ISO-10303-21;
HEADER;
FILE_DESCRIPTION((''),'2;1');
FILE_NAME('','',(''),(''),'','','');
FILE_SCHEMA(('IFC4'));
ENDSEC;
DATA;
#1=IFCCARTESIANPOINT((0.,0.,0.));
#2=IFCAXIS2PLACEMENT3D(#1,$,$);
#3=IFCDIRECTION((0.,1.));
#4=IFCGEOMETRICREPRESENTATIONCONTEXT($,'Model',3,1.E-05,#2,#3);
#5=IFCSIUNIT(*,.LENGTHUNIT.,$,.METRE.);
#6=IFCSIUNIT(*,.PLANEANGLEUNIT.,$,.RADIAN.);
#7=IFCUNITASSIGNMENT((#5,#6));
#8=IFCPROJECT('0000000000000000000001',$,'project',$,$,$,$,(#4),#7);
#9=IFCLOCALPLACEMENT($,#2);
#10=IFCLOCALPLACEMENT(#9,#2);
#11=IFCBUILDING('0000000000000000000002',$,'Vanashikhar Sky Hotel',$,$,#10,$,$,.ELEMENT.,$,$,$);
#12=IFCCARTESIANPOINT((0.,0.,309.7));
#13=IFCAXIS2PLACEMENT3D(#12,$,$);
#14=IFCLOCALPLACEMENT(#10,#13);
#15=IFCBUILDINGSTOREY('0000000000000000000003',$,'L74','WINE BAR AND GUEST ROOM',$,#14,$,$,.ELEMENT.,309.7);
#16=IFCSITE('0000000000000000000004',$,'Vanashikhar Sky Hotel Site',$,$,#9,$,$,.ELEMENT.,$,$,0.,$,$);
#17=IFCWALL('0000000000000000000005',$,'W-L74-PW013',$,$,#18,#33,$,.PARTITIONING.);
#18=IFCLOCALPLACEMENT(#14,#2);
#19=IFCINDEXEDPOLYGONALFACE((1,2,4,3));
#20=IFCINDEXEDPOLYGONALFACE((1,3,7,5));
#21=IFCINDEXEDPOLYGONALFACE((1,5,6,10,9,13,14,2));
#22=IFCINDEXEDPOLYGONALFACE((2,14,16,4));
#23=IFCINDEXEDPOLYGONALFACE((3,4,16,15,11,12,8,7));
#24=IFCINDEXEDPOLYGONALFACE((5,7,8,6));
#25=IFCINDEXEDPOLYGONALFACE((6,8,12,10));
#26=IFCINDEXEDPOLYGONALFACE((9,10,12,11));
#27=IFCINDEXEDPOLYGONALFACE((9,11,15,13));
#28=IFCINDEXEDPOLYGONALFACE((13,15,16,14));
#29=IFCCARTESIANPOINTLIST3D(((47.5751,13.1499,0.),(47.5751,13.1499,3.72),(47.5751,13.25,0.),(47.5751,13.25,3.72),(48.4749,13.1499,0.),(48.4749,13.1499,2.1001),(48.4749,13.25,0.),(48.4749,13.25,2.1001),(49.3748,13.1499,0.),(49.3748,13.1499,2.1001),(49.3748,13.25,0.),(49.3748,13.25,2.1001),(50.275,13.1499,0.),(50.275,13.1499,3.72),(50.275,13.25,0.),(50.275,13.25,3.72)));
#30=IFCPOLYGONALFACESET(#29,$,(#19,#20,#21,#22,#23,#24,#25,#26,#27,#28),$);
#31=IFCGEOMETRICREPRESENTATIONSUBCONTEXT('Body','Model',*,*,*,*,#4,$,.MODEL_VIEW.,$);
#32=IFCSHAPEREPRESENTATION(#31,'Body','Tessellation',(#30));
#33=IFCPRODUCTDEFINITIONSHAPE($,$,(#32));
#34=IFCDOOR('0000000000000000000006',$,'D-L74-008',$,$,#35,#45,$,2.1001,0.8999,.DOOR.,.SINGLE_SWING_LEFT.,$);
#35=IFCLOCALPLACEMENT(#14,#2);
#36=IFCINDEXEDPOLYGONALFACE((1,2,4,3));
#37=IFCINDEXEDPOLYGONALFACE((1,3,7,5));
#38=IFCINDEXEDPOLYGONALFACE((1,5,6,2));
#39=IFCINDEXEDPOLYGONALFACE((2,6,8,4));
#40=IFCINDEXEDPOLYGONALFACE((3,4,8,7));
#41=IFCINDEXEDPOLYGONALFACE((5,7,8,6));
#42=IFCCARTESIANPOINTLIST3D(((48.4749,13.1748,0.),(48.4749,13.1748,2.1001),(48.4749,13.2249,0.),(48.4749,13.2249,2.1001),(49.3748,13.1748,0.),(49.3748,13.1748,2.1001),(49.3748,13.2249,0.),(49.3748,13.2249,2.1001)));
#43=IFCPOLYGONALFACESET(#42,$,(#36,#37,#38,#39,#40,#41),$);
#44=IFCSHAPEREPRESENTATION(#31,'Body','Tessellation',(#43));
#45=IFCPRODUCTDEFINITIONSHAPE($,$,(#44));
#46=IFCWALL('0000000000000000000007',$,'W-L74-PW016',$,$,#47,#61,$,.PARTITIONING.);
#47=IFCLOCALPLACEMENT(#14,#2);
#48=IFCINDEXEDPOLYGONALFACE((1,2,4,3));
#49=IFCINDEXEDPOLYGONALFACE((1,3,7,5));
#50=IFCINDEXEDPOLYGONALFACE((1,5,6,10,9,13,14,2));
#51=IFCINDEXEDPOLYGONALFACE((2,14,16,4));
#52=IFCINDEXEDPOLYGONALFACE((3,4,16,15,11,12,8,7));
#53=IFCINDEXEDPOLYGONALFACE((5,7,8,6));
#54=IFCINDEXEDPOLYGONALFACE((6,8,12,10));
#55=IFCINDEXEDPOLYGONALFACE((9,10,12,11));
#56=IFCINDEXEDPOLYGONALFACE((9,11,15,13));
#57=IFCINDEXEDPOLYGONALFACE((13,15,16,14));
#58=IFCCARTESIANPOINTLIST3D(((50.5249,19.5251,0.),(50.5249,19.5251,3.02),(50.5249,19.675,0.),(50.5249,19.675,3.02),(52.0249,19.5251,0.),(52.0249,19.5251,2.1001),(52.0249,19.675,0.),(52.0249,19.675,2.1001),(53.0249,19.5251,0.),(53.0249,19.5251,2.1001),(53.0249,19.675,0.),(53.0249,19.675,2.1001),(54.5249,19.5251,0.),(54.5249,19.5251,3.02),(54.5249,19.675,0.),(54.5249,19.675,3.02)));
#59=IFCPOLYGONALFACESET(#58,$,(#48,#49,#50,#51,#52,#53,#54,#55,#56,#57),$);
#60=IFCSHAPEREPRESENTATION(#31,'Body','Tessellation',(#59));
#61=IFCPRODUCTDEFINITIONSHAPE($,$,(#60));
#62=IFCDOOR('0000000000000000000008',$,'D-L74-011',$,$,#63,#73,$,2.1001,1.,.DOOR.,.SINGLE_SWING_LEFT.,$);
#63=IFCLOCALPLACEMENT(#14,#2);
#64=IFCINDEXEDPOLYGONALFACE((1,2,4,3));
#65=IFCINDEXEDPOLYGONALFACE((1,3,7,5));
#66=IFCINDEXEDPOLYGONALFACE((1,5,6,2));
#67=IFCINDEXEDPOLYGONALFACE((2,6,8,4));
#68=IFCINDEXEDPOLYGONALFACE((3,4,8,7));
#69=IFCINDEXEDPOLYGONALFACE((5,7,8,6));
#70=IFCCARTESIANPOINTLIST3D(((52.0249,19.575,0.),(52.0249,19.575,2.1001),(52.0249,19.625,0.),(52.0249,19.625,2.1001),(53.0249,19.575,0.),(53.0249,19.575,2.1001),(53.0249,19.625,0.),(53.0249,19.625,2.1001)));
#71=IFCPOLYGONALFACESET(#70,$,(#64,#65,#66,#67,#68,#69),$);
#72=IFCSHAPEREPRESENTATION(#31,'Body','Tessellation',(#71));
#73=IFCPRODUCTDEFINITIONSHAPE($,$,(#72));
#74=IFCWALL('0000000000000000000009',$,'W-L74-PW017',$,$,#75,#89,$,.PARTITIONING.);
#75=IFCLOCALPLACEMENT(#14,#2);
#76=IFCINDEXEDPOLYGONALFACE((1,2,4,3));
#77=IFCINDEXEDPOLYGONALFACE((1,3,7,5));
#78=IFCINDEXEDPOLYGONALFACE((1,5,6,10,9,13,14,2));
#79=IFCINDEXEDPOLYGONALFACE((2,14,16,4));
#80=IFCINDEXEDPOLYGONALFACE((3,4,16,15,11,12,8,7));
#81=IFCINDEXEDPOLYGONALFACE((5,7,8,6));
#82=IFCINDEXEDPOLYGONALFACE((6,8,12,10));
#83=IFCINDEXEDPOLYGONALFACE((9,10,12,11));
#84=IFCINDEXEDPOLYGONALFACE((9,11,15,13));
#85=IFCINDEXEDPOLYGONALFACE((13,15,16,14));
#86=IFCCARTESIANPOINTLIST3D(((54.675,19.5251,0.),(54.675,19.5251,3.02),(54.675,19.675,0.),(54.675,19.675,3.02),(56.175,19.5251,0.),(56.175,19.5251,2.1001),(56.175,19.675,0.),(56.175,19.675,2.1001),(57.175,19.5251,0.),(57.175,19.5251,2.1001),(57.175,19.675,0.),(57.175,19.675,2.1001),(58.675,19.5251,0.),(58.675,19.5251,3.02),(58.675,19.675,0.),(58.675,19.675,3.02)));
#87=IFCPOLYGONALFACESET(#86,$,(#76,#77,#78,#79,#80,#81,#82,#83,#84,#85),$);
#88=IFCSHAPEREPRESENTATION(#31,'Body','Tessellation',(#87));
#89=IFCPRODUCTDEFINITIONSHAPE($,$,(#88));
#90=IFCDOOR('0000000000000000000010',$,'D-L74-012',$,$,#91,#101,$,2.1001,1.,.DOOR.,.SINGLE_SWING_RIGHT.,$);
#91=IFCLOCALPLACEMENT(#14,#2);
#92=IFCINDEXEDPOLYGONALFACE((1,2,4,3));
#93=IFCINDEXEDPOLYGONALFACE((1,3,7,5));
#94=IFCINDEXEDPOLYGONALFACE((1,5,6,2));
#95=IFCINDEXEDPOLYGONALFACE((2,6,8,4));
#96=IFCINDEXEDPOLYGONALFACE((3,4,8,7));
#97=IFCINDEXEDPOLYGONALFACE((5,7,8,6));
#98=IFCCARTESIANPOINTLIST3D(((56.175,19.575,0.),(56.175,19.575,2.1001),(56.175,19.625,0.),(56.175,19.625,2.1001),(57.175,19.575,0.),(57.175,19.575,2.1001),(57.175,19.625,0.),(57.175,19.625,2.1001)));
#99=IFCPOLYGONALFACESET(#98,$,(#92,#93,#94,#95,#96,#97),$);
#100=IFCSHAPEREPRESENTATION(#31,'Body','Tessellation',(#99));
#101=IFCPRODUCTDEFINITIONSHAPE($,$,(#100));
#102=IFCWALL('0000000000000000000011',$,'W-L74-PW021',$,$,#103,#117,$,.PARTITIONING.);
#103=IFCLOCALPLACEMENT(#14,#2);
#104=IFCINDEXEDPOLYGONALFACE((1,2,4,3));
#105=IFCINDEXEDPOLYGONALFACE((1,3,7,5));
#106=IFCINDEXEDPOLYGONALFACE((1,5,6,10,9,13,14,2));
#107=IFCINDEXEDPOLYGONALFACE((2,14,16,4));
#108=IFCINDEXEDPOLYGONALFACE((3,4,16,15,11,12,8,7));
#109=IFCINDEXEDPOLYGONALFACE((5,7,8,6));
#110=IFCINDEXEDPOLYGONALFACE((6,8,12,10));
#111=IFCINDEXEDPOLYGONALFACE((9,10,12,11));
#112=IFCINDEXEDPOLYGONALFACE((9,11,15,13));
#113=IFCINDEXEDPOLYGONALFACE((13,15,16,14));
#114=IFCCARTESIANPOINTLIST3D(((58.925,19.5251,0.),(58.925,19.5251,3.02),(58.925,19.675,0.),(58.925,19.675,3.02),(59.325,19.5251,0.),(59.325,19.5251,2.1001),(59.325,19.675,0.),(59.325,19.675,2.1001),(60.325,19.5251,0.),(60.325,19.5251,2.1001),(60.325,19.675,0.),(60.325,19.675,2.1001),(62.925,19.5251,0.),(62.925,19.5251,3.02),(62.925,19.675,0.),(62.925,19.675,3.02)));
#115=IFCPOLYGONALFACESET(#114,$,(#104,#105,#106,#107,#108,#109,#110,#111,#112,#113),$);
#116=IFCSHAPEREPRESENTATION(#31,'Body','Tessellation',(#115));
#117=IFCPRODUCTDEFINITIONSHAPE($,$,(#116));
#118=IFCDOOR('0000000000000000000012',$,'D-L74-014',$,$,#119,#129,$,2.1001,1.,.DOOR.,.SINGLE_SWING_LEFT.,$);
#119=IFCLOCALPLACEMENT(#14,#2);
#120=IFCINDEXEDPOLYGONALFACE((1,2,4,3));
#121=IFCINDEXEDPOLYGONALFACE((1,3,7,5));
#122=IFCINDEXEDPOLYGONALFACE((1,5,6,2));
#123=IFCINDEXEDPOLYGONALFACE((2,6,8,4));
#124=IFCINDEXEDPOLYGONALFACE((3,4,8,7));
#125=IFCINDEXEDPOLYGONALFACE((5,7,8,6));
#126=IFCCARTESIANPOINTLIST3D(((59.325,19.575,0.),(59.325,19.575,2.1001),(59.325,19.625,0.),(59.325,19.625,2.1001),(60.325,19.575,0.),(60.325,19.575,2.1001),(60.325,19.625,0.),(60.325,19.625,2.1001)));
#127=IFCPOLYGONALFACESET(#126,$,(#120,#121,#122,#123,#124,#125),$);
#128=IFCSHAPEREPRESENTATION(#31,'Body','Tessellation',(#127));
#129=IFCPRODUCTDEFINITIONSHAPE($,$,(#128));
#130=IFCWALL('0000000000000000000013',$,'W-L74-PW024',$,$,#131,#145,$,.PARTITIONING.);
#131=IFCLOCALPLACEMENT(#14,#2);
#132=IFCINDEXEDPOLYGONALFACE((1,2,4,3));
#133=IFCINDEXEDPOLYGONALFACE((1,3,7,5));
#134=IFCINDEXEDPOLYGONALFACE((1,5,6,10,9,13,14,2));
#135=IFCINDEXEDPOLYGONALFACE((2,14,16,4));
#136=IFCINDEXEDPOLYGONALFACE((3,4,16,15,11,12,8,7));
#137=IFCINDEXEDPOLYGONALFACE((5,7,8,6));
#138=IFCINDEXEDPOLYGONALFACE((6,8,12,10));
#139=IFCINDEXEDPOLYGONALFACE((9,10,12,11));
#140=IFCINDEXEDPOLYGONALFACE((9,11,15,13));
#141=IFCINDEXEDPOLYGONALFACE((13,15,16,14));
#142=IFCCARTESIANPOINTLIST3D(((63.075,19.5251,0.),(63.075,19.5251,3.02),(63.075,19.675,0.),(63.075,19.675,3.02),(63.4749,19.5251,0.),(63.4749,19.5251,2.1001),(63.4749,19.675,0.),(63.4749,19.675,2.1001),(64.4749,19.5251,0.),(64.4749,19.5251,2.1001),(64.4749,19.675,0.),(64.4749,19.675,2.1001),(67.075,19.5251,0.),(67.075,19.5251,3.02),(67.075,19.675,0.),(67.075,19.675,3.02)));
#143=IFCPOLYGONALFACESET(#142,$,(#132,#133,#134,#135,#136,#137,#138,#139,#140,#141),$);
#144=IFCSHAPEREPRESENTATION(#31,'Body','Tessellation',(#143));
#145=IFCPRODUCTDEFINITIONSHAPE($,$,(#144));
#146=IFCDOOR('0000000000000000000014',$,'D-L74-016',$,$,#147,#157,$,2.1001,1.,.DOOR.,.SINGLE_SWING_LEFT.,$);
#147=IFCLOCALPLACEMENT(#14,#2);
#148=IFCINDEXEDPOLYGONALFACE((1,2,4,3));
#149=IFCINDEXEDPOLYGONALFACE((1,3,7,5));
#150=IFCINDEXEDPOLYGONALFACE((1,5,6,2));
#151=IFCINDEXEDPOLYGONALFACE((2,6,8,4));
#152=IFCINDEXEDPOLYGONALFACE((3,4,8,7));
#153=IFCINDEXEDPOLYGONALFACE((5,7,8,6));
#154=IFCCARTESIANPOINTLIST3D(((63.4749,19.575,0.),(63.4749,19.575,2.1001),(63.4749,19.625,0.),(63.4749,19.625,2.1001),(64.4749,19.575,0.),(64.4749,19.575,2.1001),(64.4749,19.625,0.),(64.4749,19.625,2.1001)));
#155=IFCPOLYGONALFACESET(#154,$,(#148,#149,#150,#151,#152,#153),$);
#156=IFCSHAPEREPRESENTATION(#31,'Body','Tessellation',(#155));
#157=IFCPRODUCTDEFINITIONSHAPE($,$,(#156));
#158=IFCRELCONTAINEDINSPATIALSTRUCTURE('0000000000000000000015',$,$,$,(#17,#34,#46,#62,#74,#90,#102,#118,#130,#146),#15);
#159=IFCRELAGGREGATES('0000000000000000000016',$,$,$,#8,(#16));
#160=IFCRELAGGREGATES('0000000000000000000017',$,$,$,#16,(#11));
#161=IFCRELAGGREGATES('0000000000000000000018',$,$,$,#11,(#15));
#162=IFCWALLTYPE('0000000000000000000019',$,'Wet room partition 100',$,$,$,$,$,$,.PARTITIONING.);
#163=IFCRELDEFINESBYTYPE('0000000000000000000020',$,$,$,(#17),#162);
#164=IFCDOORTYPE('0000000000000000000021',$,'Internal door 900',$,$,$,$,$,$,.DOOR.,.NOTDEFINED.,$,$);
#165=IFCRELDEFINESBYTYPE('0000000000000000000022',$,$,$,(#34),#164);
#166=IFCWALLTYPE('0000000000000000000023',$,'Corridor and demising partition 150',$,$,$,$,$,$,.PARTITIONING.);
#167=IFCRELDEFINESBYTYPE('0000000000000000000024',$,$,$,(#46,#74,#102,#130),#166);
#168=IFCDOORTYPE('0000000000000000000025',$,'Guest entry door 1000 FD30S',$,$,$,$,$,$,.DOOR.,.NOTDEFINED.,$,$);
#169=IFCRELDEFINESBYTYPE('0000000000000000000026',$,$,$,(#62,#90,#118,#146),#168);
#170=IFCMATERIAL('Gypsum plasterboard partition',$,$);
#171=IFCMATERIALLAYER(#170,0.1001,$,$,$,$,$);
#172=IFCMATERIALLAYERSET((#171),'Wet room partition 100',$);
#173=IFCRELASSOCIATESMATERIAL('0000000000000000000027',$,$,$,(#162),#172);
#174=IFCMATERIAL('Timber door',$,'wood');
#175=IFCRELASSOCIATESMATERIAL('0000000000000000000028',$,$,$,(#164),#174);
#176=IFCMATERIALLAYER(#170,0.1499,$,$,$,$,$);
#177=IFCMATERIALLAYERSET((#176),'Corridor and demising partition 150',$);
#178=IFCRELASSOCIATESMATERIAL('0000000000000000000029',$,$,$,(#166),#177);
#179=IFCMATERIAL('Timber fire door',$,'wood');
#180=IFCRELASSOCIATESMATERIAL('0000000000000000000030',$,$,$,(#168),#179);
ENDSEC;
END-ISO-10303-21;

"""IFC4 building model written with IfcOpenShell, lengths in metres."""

from ifc_helpers import new_model, si_unit, direction, frame, frame_2d, origin, place, context, subcontext, project, spatial, rectangle, extrude, source, transform, mapped, material, layer, layer_set, type_object, element, fill, save


model = new_model("IFC4")

# Units and contexts
model_context = context("Model", 3, precision=1e-05, world=origin(), true_north=direction((0.0, 1.0)))
body_context = subcontext(model_context, "Body", "Model", "MODEL_VIEW")
ifc_project = project(units=[si_unit("LENGTHUNIT", "METRE"), si_unit("PLANEANGLEUNIT", "RADIAN")], contexts=[model_context])

# Site, building, storey
site_placement = place(None, origin())
site = spatial("IfcSite", under=ifc_project, at=site_placement, Name="Vanashikhar Sky Hotel Site", CompositionType="ELEMENT", RefElevation=0.0)
building_placement = place(site_placement, origin())
building = spatial("IfcBuilding", under=site, at=building_placement, Name="Vanashikhar Sky Hotel", CompositionType="ELEMENT")
storey_placement = place(building_placement, frame((0.0, 0.0, 309.7)))
storey = spatial("IfcBuildingStorey", under=building, at=storey_placement, Name="L74", Description="WINE BAR AND GUEST ROOM", CompositionType="ELEMENT", Elevation=309.7)

# Shared definitions
ifc_material_1 = material(Name="Gypsum plasterboard partition")
ifc_layer_1 = layer(ifc_material_1, 0.1001)
ifc_layer_set_1 = layer_set([ifc_layer_1], Name="Wet room partition 100")
wall_type_1 = type_object("IfcWallType", Name="Wet room partition 100", PredefinedType="PARTITIONING", material=ifc_layer_set_1)

# Walls, openings, doors
shared_shape_1 = source(origin(), body_context, "Body", "SweptSolid", [
    extrude(rectangle(XDim=2.7, YDim=0.1001, at=frame_2d((1.3501, 0.0))), origin(), (0.0, 0.0, 1.0), 3.72),
])
wall_1_placement = place(storey_placement, frame((47.575, 13.2, 0.0), z_axis=(0.0, 0.0, 1.0), x_axis=(1.0, 0.0, 0.0)))
wall_1 = element("IfcWall", 1, at=wall_1_placement, inside=storey, type_object=wall_type_1, Name="W-L74-PW013", PredefinedType="PARTITIONING", context=body_context, shape_type="MappedRepresentation", body=[
    mapped(shared_shape_1, transform((0.0, 0.0, 0.0), scale=1.0)),
])
shared_shape_2 = source(origin(), body_context, "Body", "SweptSolid", [
    extrude(rectangle(XDim=0.8999, YDim=2.1001, at=frame_2d((0.45, 1.05))), frame((0.0, 0.0601, 0.0), z_axis=(0.0, -1.0, 0.0), x_axis=(1.0, 0.0, 0.0)), (0.0, 0.0, 1.0), 0.1201),
])
opening_1_placement = place(wall_1_placement, frame((0.8999, 0.0, 0.0)))
opening_1 = element("IfcOpeningElement", 2, at=opening_1_placement, cuts=wall_1, PredefinedType="OPENING", context=body_context, shape_type="MappedRepresentation", body=[
    mapped(shared_shape_2, transform((0.0, 0.0, 0.0), scale=1.0)),
])
ifc_material_2 = material(Name="Timber door", Category="wood")
door_type_1 = type_object("IfcDoorType", Name="Internal door 900", OperationType="NOTDEFINED", PredefinedType="DOOR", material=ifc_material_2)
shared_shape_3 = source(origin(), body_context, "Body", "SweptSolid", [
    extrude(rectangle(XDim=0.8999, YDim=2.1001, at=frame_2d((0.45, 1.05))), frame((0.0, 0.0249, 0.0), z_axis=(0.0, -1.0, 0.0), x_axis=(1.0, 0.0, 0.0)), (0.0, 0.0, 1.0), 0.05),
])
door_1_placement = place(opening_1_placement, origin())
door_1 = element("IfcDoor", 3, at=door_1_placement, inside=storey, type_object=door_type_1, Name="D-L74-008", OperationType="SINGLE_SWING_LEFT", OverallHeight=2.1001, OverallWidth=0.8999, PredefinedType="DOOR", context=body_context, shape_type="MappedRepresentation", body=[
    mapped(shared_shape_3, transform((0.0, 0.0, 0.0), scale=1.0)),
])
fill(opening_1, door_1)
ifc_layer_2 = layer(ifc_material_1, 0.1499)
ifc_layer_set_2 = layer_set([ifc_layer_2], Name="Corridor and demising partition 150")
wall_type_2 = type_object("IfcWallType", Name="Corridor and demising partition 150", PredefinedType="PARTITIONING", material=ifc_layer_set_2)
shared_shape_4 = source(origin(), body_context, "Body", "SweptSolid", [
    extrude(rectangle(XDim=4.0, YDim=0.1499, at=frame_2d((2.0, 0.0))), origin(), (0.0, 0.0, 1.0), 3.02),
])
wall_2_placement = place(storey_placement, frame((50.5249, 19.6001, 0.0), z_axis=(0.0, 0.0, 1.0), x_axis=(1.0, 0.0, 0.0)))
wall_2 = element("IfcWall", 4, at=wall_2_placement, inside=storey, type_object=wall_type_2, Name="W-L74-PW016", PredefinedType="PARTITIONING", context=body_context, shape_type="MappedRepresentation", body=[
    mapped(shared_shape_4, transform((0.0, 0.0, 0.0), scale=1.0)),
])
shared_shape_5 = source(origin(), body_context, "Body", "SweptSolid", [
    extrude(rectangle(XDim=1.0, YDim=2.1001, at=frame_2d((0.5, 1.05))), frame((0.0, 0.085, 0.0), z_axis=(0.0, -1.0, 0.0), x_axis=(1.0, 0.0, 0.0)), (0.0, 0.0, 1.0), 0.1699),
])
opening_2_placement = place(wall_2_placement, frame((1.5, 0.0, 0.0)))
opening_2 = element("IfcOpeningElement", 5, at=opening_2_placement, cuts=wall_2, PredefinedType="OPENING", context=body_context, shape_type="MappedRepresentation", body=[
    mapped(shared_shape_5, transform((0.0, 0.0, 0.0), scale=1.0)),
])
ifc_material_3 = material(Name="Timber fire door", Category="wood")
door_type_2 = type_object("IfcDoorType", Name="Guest entry door 1000 FD30S", OperationType="NOTDEFINED", PredefinedType="DOOR", material=ifc_material_3)
shared_shape_6 = source(origin(), body_context, "Body", "SweptSolid", [
    extrude(rectangle(XDim=1.0, YDim=2.1001, at=frame_2d((0.5, 1.05))), frame((0.0, 0.0249, 0.0), z_axis=(0.0, -1.0, 0.0), x_axis=(1.0, 0.0, 0.0)), (0.0, 0.0, 1.0), 0.05),
])
door_2_placement = place(opening_2_placement, origin())
door_2 = element("IfcDoor", 6, at=door_2_placement, inside=storey, type_object=door_type_2, Name="D-L74-011", OperationType="SINGLE_SWING_LEFT", OverallHeight=2.1001, OverallWidth=1.0, PredefinedType="DOOR", context=body_context, shape_type="MappedRepresentation", body=[
    mapped(shared_shape_6, transform((0.0, 0.0, 0.0), scale=1.0)),
])
fill(opening_2, door_2)
wall_3_placement = place(storey_placement, frame((54.675, 19.6001, 0.0), z_axis=(0.0, 0.0, 1.0), x_axis=(1.0, 0.0, 0.0)))
wall_3 = element("IfcWall", 7, at=wall_3_placement, inside=storey, type_object=wall_type_2, Name="W-L74-PW017", PredefinedType="PARTITIONING", context=body_context, shape_type="MappedRepresentation", body=[
    mapped(shared_shape_4, transform((0.0, 0.0, 0.0), scale=1.0)),
])
opening_3_placement = place(wall_3_placement, frame((1.5, 0.0, 0.0)))
opening_3 = element("IfcOpeningElement", 8, at=opening_3_placement, cuts=wall_3, PredefinedType="OPENING", context=body_context, shape_type="MappedRepresentation", body=[
    mapped(shared_shape_5, transform((0.0, 0.0, 0.0), scale=1.0)),
])
door_3_placement = place(opening_3_placement, origin())
door_3 = element("IfcDoor", 9, at=door_3_placement, inside=storey, type_object=door_type_2, Name="D-L74-012", OperationType="SINGLE_SWING_RIGHT", OverallHeight=2.1001, OverallWidth=1.0, PredefinedType="DOOR", context=body_context, shape_type="MappedRepresentation", body=[
    mapped(shared_shape_6, transform((0.0, 0.0, 0.0), scale=1.0)),
])
fill(opening_3, door_3)
wall_4_placement = place(storey_placement, frame((58.925, 19.6001, 0.0), z_axis=(0.0, 0.0, 1.0), x_axis=(1.0, 0.0, 0.0)))
wall_4 = element("IfcWall", 10, at=wall_4_placement, inside=storey, type_object=wall_type_2, Name="W-L74-PW021", PredefinedType="PARTITIONING", context=body_context, shape_type="MappedRepresentation", body=[
    mapped(shared_shape_4, transform((0.0, 0.0, 0.0), scale=1.0)),
])
opening_4_placement = place(wall_4_placement, frame((0.3999, 0.0, 0.0)))
opening_4 = element("IfcOpeningElement", 11, at=opening_4_placement, cuts=wall_4, PredefinedType="OPENING", context=body_context, shape_type="MappedRepresentation", body=[
    mapped(shared_shape_5, transform((0.0, 0.0, 0.0), scale=1.0)),
])
door_4_placement = place(opening_4_placement, origin())
door_4 = element("IfcDoor", 12, at=door_4_placement, inside=storey, type_object=door_type_2, Name="D-L74-014", OperationType="SINGLE_SWING_LEFT", OverallHeight=2.1001, OverallWidth=1.0, PredefinedType="DOOR", context=body_context, shape_type="MappedRepresentation", body=[
    mapped(shared_shape_6, transform((0.0, 0.0, 0.0), scale=1.0)),
])
fill(opening_4, door_4)
wall_5_placement = place(storey_placement, frame((63.075, 19.6001, 0.0), z_axis=(0.0, 0.0, 1.0), x_axis=(1.0, 0.0, 0.0)))
wall_5 = element("IfcWall", 13, at=wall_5_placement, inside=storey, type_object=wall_type_2, Name="W-L74-PW024", PredefinedType="PARTITIONING", context=body_context, shape_type="MappedRepresentation", body=[
    mapped(shared_shape_4, transform((0.0, 0.0, 0.0), scale=1.0)),
])
opening_5_placement = place(wall_5_placement, frame((0.3999, 0.0, 0.0)))
opening_5 = element("IfcOpeningElement", 14, at=opening_5_placement, cuts=wall_5, PredefinedType="OPENING", context=body_context, shape_type="MappedRepresentation", body=[
    mapped(shared_shape_5, transform((0.0, 0.0, 0.0), scale=1.0)),
])
door_5_placement = place(opening_5_placement, origin())
door_5 = element("IfcDoor", 15, at=door_5_placement, inside=storey, type_object=door_type_2, Name="D-L74-016", OperationType="SINGLE_SWING_LEFT", OverallHeight=2.1001, OverallWidth=1.0, PredefinedType="DOOR", context=body_context, shape_type="MappedRepresentation", body=[
    mapped(shared_shape_6, transform((0.0, 0.0, 0.0), scale=1.0)),
])
fill(opening_5, door_5)

save(model, "model.ifc")
